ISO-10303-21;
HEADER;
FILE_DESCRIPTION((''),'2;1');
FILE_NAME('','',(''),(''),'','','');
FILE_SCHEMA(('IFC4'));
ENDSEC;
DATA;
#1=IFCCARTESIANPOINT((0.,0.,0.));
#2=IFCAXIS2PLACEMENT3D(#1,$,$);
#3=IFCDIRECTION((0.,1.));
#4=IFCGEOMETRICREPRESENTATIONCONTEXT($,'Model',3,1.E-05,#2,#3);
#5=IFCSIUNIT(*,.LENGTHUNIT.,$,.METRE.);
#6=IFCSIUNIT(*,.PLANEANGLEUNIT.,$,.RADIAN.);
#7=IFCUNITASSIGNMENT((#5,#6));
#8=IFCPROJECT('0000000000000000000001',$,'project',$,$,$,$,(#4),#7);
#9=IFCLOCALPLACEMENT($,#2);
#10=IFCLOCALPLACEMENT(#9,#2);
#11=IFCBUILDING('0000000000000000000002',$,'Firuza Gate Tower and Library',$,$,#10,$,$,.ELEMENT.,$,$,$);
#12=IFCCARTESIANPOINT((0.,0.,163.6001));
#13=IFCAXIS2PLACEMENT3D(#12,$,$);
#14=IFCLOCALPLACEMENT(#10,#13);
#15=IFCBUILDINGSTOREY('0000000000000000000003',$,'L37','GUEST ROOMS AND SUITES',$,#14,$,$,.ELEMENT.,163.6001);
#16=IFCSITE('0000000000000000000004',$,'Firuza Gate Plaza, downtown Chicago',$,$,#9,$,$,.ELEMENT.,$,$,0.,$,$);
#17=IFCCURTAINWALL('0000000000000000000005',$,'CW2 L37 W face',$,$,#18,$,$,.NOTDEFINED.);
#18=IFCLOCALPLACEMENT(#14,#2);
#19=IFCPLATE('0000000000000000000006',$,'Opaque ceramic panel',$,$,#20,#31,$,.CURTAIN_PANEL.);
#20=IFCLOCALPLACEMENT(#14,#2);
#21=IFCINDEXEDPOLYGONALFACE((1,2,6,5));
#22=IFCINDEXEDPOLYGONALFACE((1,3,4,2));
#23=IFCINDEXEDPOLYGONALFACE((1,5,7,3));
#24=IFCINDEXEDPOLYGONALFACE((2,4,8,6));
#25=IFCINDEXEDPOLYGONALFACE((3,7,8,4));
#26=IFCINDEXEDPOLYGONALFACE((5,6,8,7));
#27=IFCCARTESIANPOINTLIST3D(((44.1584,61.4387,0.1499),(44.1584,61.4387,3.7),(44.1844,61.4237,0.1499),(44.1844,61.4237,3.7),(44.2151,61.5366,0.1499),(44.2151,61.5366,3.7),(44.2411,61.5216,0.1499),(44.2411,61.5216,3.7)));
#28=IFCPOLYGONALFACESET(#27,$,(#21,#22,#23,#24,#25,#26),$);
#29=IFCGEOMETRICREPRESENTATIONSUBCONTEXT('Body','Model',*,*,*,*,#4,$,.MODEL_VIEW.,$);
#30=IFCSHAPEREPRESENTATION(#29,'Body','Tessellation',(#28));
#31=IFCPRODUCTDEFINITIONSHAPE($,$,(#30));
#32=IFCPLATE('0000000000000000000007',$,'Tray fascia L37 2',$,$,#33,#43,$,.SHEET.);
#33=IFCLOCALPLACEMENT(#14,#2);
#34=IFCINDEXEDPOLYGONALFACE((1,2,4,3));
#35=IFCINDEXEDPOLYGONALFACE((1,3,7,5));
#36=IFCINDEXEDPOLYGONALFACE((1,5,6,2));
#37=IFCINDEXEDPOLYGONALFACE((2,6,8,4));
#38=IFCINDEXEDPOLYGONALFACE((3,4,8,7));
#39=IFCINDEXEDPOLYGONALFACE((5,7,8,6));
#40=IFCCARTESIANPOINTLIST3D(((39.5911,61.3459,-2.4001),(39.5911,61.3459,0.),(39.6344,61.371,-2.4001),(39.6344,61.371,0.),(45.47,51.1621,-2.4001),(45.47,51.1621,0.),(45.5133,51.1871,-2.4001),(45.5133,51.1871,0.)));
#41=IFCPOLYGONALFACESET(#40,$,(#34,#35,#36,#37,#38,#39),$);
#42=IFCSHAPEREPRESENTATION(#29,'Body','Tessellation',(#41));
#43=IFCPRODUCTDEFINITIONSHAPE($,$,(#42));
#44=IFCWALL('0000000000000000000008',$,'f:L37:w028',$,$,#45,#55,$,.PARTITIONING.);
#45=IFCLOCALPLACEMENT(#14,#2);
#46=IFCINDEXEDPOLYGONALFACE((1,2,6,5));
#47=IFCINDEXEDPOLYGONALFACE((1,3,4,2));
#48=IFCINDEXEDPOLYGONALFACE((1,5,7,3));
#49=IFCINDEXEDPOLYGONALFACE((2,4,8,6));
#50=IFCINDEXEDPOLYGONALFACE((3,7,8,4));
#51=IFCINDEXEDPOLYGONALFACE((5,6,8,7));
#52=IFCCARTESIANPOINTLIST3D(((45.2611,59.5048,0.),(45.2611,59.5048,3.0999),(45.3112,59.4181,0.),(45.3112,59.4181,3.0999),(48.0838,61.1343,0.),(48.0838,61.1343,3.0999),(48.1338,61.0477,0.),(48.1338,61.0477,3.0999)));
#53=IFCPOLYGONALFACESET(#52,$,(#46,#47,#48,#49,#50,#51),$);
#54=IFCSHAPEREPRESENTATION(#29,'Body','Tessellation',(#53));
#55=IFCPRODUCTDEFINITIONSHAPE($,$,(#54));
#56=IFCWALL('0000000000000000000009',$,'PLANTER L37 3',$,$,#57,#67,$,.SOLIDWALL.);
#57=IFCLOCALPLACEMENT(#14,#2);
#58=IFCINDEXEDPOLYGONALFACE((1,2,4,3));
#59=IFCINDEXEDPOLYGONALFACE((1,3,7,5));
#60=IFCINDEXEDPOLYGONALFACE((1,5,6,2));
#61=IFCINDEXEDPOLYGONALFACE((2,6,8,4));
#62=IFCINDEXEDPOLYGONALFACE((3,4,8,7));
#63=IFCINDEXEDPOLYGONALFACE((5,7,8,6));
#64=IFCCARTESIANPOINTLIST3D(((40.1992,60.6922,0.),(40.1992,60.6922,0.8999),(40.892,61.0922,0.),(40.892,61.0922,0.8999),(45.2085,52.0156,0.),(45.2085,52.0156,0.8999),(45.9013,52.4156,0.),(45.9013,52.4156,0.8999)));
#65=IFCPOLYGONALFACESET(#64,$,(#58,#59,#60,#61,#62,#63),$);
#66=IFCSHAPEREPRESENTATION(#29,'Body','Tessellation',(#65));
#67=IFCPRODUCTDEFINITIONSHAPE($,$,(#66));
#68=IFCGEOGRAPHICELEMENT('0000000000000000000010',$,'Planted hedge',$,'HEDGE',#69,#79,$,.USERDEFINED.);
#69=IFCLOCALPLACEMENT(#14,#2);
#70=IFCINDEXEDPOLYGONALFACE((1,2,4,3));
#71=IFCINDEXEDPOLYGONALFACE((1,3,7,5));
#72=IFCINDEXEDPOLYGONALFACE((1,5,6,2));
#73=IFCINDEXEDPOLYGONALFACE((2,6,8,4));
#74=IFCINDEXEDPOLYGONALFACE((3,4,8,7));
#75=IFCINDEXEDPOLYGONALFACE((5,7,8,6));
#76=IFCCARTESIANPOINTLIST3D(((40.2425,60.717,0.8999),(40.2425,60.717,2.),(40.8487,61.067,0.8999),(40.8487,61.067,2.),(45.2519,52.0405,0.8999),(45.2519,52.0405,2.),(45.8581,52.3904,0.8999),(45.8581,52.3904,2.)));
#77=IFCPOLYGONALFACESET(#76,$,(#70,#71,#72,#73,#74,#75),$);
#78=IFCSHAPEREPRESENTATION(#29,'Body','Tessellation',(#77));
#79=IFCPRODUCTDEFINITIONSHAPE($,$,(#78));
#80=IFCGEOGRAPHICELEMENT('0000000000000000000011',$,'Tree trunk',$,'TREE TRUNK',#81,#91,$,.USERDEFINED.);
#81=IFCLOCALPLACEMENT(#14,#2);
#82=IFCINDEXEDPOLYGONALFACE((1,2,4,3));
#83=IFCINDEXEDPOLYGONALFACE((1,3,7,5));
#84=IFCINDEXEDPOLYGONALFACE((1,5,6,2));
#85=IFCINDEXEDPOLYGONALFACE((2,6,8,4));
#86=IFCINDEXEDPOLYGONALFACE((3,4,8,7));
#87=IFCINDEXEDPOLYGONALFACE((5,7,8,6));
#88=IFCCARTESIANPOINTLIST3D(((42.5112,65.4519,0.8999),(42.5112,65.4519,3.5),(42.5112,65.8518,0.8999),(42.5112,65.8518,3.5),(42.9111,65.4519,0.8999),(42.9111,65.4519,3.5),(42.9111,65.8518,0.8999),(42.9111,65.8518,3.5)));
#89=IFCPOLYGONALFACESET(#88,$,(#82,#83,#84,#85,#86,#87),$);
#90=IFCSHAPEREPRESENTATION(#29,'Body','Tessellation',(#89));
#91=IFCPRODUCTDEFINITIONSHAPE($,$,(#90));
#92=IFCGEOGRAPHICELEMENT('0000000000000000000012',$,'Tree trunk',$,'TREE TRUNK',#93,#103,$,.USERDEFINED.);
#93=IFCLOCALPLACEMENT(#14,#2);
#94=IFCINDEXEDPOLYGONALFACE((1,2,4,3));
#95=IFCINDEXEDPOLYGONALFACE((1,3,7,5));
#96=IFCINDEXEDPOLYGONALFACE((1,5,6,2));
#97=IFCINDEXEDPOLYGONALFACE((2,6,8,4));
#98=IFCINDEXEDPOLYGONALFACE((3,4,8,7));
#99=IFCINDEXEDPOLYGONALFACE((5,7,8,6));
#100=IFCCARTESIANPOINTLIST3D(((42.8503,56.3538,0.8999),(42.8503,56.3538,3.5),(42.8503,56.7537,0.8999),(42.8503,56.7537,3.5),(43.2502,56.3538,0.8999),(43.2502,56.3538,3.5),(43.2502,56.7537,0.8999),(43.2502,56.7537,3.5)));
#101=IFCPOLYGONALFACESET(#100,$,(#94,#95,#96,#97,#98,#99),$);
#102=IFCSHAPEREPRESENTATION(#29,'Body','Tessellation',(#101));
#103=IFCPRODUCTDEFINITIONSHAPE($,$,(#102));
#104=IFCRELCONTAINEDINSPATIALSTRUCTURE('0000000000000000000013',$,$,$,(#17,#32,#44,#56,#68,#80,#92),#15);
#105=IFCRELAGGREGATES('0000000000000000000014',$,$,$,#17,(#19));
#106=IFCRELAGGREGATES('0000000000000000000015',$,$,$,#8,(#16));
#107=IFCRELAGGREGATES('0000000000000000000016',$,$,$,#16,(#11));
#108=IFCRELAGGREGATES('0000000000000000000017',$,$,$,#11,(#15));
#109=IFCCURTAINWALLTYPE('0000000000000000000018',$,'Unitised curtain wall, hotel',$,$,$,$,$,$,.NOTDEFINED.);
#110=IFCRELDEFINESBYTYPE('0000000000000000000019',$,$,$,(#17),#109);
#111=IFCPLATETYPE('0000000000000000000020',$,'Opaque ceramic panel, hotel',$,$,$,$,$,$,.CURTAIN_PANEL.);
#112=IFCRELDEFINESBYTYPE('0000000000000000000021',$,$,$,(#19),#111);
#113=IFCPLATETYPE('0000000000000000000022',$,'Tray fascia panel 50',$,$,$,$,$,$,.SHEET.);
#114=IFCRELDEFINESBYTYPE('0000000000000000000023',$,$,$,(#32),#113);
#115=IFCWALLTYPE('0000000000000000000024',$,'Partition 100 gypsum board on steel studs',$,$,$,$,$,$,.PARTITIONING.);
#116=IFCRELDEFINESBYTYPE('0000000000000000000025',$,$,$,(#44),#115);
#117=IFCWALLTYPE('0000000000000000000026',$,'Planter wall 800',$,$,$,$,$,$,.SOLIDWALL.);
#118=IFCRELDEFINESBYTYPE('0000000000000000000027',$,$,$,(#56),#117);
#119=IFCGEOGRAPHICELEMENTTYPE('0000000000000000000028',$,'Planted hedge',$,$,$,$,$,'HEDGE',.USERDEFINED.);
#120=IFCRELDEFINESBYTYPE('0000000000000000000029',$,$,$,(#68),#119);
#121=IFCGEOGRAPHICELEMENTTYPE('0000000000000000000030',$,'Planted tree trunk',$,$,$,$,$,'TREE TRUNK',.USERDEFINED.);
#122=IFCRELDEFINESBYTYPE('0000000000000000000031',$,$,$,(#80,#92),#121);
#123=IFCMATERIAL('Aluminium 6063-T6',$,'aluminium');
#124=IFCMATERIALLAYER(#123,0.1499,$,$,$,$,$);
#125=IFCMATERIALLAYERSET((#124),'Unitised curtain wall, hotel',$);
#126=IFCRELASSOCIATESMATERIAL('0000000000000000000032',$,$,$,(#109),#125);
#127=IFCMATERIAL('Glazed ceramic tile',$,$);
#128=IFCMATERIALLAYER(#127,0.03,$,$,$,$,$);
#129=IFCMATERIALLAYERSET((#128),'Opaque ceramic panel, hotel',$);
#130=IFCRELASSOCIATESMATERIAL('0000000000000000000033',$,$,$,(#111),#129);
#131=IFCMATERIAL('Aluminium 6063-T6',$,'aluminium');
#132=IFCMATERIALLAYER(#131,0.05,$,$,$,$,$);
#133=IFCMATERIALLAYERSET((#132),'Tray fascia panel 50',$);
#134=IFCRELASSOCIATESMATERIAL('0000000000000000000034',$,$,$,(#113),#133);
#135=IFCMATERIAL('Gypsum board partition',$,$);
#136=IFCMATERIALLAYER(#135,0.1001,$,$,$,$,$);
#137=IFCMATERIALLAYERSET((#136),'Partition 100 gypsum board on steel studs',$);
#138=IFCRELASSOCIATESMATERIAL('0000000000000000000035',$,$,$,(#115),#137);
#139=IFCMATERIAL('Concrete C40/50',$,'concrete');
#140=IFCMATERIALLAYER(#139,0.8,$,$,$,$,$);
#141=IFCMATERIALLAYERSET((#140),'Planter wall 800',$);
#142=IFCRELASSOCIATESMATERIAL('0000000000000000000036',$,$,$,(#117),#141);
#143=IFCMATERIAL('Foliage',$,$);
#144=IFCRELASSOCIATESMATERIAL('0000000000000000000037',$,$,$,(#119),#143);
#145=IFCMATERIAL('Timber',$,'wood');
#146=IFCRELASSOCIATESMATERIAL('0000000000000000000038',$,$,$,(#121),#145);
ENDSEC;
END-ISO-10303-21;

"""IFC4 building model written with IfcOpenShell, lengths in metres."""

from ifc_helpers import new_model, si_unit, direction, frame, frame_2d, origin, origin_2d, place, context, subcontext, project, spatial, polyline, rectangle, outline, extrude, material, layer, layer_set, type_object, element, aggregate, save


model = new_model("IFC4")

# Units and contexts
model_context = context("Model", 3, precision=1e-05, world=origin(), true_north=direction((0.0, 1.0)))
body_context = subcontext(model_context, "Body", "Model", "MODEL_VIEW")
ifc_project = project(units=[si_unit("LENGTHUNIT", "METRE"), si_unit("PLANEANGLEUNIT", "RADIAN")], contexts=[model_context])

# Site, building, storey
site_placement = place(None, origin())
site = spatial("IfcSite", under=ifc_project, at=site_placement, Name="Firuza Gate Plaza, downtown Chicago", CompositionType="ELEMENT", RefElevation=0.0)
building_placement = place(site_placement, origin())
building = spatial("IfcBuilding", under=site, at=building_placement, Name="Firuza Gate Tower and Library", CompositionType="ELEMENT")
storey_placement = place(building_placement, frame((0.0, 0.0, 163.6001)))
storey = spatial("IfcBuildingStorey", under=building, at=storey_placement, Name="L37", Description="GUEST ROOMS AND SUITES", CompositionType="ELEMENT", Elevation=163.6001)

# Curtain wall
ifc_material_1 = material(Name="Aluminium 6063-T6", Category="aluminium")
ifc_layer_1 = layer(ifc_material_1, 0.1499)
ifc_layer_set_1 = layer_set([ifc_layer_1], Name="Unitised curtain wall, hotel")
curtain_wall_type_1 = type_object("IfcCurtainWallType", Name="Unitised curtain wall, hotel", PredefinedType="NOTDEFINED", material=ifc_layer_set_1)
placement = place(storey_placement, origin())
curtain_wall_1 = element("IfcCurtainWall", 1, at=placement, inside=storey, type_object=curtain_wall_type_1, Name="CW2 L37 W face", PredefinedType="NOTDEFINED")

# Plates
ifc_material_2 = material(Name="Glazed ceramic tile")
ifc_layer_2 = layer(ifc_material_2, 0.03)
ifc_layer_set_2 = layer_set([ifc_layer_2], Name="Opaque ceramic panel, hotel")
plate_type_1 = type_object("IfcPlateType", Name="Opaque ceramic panel, hotel", PredefinedType="CURTAIN_PANEL", material=ifc_layer_set_2)
plate_1_placement = place(storey_placement, frame((44.2151, 61.5366, 0.1499), z_axis=(-0.865574, 0.500781, 0.0), x_axis=(-0.500781, -0.865574, 0.0)))
plate_1 = element("IfcPlate", 2, at=plate_1_placement, type_object=plate_type_1, Name="Opaque ceramic panel", PredefinedType="CURTAIN_PANEL", context=body_context, shape_type="SweptSolid", body=[
    extrude(outline(polyline([(0.0, 0.0), (0.1131, 0.0), (0.1131, 3.55), (0.0, 3.55), (0.0, 0.0)])), origin(), (0.0, 0.0, -1.0), 0.03),
])
aggregate(curtain_wall_1, [plate_1])
ifc_material_3 = material(Name="Aluminium 6063-T6", Category="aluminium")
ifc_layer_3 = layer(ifc_material_3, 0.05)
ifc_layer_set_3 = layer_set([ifc_layer_3], Name="Tray fascia panel 50")
plate_type_2 = type_object("IfcPlateType", Name="Tray fascia panel 50", PredefinedType="SHEET", material=ifc_layer_set_3)
plate_2_placement = place(storey_placement, frame((39.5911, 61.3459, -2.4001), z_axis=(-0.866052, -0.499953, 0.0), x_axis=(0.499953, -0.866052, 0.0)))
element("IfcPlate", 3, at=plate_2_placement, inside=storey, type_object=plate_type_2, Name="Tray fascia L37 2", PredefinedType="SHEET", context=body_context, shape_type="SweptSolid", body=[
    extrude(outline(polyline([(0.0, 0.0), (11.7589, 0.0), (11.7589, 2.4001), (0.0, 2.4001), (0.0, 0.0)])), origin(), (0.0, 0.0, -1.0), 0.05),
])

# Walls
ifc_material_4 = material(Name="Gypsum board partition")
ifc_layer_4 = layer(ifc_material_4, 0.1001)
ifc_layer_set_4 = layer_set([ifc_layer_4], Name="Partition 100 gypsum board on steel studs")
wall_type_1 = type_object("IfcWallType", Name="Partition 100 gypsum board on steel studs", PredefinedType="PARTITIONING", material=ifc_layer_set_4)
wall_1_placement = place(storey_placement, frame((45.2861, 59.4614, 0.0), z_axis=(0.0, 0.0, 1.0), x_axis=(0.866036, 0.499982, 0.0)))
element("IfcWall", 4, at=wall_1_placement, inside=storey, type_object=wall_type_1, Name="f:L37:w028", PredefinedType="PARTITIONING", context=body_context, shape_type="SweptSolid", body=[
    extrude(rectangle(XDim=3.2593, YDim=0.1001, at=frame_2d((1.6296, 0.0))), origin(), (0.0, 0.0, 1.0), 3.0999),
])
ifc_material_5 = material(Name="Concrete C40/50", Category="concrete")
ifc_layer_5 = layer(ifc_material_5, 0.8)
ifc_layer_set_5 = layer_set([ifc_layer_5], Name="Planter wall 800")
wall_type_2 = type_object("IfcWallType", Name="Planter wall 800", PredefinedType="SOLIDWALL", material=ifc_layer_set_5)
wall_2_placement = place(storey_placement, frame((40.5457, 60.8921, 0.0), z_axis=(0.0, 0.0, 1.0), x_axis=(0.499992, -0.86603, 0.0)))
element("IfcWall", 5, at=wall_2_placement, inside=storey, type_object=wall_type_2, Name="PLANTER L37 3", PredefinedType="SOLIDWALL", context=body_context, shape_type="SweptSolid", body=[
    extrude(rectangle(XDim=10.0188, YDim=0.8, at=frame_2d((5.0093, 0.0))), origin(), (0.0, 0.0, 1.0), 0.8999),
])

# Geographic elements
ifc_material_6 = material(Name="Foliage")
geographic_element_type_1 = type_object("IfcGeographicElementType", Name="Planted hedge", ElementType="HEDGE", PredefinedType="USERDEFINED", material=ifc_material_6)
geographic_element_placement = place(storey_placement, frame((43.0503, 56.5537, 0.8999), z_axis=(0.0, 0.0, 1.0), x_axis=(0.5, -0.866025, 0.0)))
element("IfcGeographicElement", 6, at=geographic_element_placement, inside=storey, type_object=geographic_element_type_1, Name="Planted hedge", ObjectType="HEDGE", PredefinedType="USERDEFINED", context=body_context, shape_type="SweptSolid", body=[
    extrude(rectangle(XDim=10.0188, YDim=0.7, at=origin_2d()), origin(), (0.0, 0.0, 1.0), 1.1001),
])
ifc_material_7 = material(Name="Timber", Category="wood")
geographic_element_type_2 = type_object("IfcGeographicElementType", Name="Planted tree trunk", ElementType="TREE TRUNK", PredefinedType="USERDEFINED", material=ifc_material_7)
for number, where, z_axis, x_axis, name in (
    (7, (42.7112, 65.6519, 0.8999), (0.0, 0.0, 1.0), (1.0, 0.0, 0.0), "Tree trunk"),
    (8, (43.0503, 56.5537, 0.8999), (0.0, 0.0, 1.0), (1.0, 0.0, 0.0), "Tree trunk"),
):
    element("IfcGeographicElement", number, at=place(storey_placement, frame(where, z_axis=z_axis, x_axis=x_axis)), inside=storey, type_object=geographic_element_type_2, Name=name, ObjectType="TREE TRUNK", PredefinedType="USERDEFINED", context=body_context, shape_type="SweptSolid", body=[
        extrude(rectangle(XDim=0.3999, YDim=0.3999, at=origin_2d()), origin(), (0.0, 0.0, 1.0), 2.6001),
    ])

save(model, "model.ifc")
